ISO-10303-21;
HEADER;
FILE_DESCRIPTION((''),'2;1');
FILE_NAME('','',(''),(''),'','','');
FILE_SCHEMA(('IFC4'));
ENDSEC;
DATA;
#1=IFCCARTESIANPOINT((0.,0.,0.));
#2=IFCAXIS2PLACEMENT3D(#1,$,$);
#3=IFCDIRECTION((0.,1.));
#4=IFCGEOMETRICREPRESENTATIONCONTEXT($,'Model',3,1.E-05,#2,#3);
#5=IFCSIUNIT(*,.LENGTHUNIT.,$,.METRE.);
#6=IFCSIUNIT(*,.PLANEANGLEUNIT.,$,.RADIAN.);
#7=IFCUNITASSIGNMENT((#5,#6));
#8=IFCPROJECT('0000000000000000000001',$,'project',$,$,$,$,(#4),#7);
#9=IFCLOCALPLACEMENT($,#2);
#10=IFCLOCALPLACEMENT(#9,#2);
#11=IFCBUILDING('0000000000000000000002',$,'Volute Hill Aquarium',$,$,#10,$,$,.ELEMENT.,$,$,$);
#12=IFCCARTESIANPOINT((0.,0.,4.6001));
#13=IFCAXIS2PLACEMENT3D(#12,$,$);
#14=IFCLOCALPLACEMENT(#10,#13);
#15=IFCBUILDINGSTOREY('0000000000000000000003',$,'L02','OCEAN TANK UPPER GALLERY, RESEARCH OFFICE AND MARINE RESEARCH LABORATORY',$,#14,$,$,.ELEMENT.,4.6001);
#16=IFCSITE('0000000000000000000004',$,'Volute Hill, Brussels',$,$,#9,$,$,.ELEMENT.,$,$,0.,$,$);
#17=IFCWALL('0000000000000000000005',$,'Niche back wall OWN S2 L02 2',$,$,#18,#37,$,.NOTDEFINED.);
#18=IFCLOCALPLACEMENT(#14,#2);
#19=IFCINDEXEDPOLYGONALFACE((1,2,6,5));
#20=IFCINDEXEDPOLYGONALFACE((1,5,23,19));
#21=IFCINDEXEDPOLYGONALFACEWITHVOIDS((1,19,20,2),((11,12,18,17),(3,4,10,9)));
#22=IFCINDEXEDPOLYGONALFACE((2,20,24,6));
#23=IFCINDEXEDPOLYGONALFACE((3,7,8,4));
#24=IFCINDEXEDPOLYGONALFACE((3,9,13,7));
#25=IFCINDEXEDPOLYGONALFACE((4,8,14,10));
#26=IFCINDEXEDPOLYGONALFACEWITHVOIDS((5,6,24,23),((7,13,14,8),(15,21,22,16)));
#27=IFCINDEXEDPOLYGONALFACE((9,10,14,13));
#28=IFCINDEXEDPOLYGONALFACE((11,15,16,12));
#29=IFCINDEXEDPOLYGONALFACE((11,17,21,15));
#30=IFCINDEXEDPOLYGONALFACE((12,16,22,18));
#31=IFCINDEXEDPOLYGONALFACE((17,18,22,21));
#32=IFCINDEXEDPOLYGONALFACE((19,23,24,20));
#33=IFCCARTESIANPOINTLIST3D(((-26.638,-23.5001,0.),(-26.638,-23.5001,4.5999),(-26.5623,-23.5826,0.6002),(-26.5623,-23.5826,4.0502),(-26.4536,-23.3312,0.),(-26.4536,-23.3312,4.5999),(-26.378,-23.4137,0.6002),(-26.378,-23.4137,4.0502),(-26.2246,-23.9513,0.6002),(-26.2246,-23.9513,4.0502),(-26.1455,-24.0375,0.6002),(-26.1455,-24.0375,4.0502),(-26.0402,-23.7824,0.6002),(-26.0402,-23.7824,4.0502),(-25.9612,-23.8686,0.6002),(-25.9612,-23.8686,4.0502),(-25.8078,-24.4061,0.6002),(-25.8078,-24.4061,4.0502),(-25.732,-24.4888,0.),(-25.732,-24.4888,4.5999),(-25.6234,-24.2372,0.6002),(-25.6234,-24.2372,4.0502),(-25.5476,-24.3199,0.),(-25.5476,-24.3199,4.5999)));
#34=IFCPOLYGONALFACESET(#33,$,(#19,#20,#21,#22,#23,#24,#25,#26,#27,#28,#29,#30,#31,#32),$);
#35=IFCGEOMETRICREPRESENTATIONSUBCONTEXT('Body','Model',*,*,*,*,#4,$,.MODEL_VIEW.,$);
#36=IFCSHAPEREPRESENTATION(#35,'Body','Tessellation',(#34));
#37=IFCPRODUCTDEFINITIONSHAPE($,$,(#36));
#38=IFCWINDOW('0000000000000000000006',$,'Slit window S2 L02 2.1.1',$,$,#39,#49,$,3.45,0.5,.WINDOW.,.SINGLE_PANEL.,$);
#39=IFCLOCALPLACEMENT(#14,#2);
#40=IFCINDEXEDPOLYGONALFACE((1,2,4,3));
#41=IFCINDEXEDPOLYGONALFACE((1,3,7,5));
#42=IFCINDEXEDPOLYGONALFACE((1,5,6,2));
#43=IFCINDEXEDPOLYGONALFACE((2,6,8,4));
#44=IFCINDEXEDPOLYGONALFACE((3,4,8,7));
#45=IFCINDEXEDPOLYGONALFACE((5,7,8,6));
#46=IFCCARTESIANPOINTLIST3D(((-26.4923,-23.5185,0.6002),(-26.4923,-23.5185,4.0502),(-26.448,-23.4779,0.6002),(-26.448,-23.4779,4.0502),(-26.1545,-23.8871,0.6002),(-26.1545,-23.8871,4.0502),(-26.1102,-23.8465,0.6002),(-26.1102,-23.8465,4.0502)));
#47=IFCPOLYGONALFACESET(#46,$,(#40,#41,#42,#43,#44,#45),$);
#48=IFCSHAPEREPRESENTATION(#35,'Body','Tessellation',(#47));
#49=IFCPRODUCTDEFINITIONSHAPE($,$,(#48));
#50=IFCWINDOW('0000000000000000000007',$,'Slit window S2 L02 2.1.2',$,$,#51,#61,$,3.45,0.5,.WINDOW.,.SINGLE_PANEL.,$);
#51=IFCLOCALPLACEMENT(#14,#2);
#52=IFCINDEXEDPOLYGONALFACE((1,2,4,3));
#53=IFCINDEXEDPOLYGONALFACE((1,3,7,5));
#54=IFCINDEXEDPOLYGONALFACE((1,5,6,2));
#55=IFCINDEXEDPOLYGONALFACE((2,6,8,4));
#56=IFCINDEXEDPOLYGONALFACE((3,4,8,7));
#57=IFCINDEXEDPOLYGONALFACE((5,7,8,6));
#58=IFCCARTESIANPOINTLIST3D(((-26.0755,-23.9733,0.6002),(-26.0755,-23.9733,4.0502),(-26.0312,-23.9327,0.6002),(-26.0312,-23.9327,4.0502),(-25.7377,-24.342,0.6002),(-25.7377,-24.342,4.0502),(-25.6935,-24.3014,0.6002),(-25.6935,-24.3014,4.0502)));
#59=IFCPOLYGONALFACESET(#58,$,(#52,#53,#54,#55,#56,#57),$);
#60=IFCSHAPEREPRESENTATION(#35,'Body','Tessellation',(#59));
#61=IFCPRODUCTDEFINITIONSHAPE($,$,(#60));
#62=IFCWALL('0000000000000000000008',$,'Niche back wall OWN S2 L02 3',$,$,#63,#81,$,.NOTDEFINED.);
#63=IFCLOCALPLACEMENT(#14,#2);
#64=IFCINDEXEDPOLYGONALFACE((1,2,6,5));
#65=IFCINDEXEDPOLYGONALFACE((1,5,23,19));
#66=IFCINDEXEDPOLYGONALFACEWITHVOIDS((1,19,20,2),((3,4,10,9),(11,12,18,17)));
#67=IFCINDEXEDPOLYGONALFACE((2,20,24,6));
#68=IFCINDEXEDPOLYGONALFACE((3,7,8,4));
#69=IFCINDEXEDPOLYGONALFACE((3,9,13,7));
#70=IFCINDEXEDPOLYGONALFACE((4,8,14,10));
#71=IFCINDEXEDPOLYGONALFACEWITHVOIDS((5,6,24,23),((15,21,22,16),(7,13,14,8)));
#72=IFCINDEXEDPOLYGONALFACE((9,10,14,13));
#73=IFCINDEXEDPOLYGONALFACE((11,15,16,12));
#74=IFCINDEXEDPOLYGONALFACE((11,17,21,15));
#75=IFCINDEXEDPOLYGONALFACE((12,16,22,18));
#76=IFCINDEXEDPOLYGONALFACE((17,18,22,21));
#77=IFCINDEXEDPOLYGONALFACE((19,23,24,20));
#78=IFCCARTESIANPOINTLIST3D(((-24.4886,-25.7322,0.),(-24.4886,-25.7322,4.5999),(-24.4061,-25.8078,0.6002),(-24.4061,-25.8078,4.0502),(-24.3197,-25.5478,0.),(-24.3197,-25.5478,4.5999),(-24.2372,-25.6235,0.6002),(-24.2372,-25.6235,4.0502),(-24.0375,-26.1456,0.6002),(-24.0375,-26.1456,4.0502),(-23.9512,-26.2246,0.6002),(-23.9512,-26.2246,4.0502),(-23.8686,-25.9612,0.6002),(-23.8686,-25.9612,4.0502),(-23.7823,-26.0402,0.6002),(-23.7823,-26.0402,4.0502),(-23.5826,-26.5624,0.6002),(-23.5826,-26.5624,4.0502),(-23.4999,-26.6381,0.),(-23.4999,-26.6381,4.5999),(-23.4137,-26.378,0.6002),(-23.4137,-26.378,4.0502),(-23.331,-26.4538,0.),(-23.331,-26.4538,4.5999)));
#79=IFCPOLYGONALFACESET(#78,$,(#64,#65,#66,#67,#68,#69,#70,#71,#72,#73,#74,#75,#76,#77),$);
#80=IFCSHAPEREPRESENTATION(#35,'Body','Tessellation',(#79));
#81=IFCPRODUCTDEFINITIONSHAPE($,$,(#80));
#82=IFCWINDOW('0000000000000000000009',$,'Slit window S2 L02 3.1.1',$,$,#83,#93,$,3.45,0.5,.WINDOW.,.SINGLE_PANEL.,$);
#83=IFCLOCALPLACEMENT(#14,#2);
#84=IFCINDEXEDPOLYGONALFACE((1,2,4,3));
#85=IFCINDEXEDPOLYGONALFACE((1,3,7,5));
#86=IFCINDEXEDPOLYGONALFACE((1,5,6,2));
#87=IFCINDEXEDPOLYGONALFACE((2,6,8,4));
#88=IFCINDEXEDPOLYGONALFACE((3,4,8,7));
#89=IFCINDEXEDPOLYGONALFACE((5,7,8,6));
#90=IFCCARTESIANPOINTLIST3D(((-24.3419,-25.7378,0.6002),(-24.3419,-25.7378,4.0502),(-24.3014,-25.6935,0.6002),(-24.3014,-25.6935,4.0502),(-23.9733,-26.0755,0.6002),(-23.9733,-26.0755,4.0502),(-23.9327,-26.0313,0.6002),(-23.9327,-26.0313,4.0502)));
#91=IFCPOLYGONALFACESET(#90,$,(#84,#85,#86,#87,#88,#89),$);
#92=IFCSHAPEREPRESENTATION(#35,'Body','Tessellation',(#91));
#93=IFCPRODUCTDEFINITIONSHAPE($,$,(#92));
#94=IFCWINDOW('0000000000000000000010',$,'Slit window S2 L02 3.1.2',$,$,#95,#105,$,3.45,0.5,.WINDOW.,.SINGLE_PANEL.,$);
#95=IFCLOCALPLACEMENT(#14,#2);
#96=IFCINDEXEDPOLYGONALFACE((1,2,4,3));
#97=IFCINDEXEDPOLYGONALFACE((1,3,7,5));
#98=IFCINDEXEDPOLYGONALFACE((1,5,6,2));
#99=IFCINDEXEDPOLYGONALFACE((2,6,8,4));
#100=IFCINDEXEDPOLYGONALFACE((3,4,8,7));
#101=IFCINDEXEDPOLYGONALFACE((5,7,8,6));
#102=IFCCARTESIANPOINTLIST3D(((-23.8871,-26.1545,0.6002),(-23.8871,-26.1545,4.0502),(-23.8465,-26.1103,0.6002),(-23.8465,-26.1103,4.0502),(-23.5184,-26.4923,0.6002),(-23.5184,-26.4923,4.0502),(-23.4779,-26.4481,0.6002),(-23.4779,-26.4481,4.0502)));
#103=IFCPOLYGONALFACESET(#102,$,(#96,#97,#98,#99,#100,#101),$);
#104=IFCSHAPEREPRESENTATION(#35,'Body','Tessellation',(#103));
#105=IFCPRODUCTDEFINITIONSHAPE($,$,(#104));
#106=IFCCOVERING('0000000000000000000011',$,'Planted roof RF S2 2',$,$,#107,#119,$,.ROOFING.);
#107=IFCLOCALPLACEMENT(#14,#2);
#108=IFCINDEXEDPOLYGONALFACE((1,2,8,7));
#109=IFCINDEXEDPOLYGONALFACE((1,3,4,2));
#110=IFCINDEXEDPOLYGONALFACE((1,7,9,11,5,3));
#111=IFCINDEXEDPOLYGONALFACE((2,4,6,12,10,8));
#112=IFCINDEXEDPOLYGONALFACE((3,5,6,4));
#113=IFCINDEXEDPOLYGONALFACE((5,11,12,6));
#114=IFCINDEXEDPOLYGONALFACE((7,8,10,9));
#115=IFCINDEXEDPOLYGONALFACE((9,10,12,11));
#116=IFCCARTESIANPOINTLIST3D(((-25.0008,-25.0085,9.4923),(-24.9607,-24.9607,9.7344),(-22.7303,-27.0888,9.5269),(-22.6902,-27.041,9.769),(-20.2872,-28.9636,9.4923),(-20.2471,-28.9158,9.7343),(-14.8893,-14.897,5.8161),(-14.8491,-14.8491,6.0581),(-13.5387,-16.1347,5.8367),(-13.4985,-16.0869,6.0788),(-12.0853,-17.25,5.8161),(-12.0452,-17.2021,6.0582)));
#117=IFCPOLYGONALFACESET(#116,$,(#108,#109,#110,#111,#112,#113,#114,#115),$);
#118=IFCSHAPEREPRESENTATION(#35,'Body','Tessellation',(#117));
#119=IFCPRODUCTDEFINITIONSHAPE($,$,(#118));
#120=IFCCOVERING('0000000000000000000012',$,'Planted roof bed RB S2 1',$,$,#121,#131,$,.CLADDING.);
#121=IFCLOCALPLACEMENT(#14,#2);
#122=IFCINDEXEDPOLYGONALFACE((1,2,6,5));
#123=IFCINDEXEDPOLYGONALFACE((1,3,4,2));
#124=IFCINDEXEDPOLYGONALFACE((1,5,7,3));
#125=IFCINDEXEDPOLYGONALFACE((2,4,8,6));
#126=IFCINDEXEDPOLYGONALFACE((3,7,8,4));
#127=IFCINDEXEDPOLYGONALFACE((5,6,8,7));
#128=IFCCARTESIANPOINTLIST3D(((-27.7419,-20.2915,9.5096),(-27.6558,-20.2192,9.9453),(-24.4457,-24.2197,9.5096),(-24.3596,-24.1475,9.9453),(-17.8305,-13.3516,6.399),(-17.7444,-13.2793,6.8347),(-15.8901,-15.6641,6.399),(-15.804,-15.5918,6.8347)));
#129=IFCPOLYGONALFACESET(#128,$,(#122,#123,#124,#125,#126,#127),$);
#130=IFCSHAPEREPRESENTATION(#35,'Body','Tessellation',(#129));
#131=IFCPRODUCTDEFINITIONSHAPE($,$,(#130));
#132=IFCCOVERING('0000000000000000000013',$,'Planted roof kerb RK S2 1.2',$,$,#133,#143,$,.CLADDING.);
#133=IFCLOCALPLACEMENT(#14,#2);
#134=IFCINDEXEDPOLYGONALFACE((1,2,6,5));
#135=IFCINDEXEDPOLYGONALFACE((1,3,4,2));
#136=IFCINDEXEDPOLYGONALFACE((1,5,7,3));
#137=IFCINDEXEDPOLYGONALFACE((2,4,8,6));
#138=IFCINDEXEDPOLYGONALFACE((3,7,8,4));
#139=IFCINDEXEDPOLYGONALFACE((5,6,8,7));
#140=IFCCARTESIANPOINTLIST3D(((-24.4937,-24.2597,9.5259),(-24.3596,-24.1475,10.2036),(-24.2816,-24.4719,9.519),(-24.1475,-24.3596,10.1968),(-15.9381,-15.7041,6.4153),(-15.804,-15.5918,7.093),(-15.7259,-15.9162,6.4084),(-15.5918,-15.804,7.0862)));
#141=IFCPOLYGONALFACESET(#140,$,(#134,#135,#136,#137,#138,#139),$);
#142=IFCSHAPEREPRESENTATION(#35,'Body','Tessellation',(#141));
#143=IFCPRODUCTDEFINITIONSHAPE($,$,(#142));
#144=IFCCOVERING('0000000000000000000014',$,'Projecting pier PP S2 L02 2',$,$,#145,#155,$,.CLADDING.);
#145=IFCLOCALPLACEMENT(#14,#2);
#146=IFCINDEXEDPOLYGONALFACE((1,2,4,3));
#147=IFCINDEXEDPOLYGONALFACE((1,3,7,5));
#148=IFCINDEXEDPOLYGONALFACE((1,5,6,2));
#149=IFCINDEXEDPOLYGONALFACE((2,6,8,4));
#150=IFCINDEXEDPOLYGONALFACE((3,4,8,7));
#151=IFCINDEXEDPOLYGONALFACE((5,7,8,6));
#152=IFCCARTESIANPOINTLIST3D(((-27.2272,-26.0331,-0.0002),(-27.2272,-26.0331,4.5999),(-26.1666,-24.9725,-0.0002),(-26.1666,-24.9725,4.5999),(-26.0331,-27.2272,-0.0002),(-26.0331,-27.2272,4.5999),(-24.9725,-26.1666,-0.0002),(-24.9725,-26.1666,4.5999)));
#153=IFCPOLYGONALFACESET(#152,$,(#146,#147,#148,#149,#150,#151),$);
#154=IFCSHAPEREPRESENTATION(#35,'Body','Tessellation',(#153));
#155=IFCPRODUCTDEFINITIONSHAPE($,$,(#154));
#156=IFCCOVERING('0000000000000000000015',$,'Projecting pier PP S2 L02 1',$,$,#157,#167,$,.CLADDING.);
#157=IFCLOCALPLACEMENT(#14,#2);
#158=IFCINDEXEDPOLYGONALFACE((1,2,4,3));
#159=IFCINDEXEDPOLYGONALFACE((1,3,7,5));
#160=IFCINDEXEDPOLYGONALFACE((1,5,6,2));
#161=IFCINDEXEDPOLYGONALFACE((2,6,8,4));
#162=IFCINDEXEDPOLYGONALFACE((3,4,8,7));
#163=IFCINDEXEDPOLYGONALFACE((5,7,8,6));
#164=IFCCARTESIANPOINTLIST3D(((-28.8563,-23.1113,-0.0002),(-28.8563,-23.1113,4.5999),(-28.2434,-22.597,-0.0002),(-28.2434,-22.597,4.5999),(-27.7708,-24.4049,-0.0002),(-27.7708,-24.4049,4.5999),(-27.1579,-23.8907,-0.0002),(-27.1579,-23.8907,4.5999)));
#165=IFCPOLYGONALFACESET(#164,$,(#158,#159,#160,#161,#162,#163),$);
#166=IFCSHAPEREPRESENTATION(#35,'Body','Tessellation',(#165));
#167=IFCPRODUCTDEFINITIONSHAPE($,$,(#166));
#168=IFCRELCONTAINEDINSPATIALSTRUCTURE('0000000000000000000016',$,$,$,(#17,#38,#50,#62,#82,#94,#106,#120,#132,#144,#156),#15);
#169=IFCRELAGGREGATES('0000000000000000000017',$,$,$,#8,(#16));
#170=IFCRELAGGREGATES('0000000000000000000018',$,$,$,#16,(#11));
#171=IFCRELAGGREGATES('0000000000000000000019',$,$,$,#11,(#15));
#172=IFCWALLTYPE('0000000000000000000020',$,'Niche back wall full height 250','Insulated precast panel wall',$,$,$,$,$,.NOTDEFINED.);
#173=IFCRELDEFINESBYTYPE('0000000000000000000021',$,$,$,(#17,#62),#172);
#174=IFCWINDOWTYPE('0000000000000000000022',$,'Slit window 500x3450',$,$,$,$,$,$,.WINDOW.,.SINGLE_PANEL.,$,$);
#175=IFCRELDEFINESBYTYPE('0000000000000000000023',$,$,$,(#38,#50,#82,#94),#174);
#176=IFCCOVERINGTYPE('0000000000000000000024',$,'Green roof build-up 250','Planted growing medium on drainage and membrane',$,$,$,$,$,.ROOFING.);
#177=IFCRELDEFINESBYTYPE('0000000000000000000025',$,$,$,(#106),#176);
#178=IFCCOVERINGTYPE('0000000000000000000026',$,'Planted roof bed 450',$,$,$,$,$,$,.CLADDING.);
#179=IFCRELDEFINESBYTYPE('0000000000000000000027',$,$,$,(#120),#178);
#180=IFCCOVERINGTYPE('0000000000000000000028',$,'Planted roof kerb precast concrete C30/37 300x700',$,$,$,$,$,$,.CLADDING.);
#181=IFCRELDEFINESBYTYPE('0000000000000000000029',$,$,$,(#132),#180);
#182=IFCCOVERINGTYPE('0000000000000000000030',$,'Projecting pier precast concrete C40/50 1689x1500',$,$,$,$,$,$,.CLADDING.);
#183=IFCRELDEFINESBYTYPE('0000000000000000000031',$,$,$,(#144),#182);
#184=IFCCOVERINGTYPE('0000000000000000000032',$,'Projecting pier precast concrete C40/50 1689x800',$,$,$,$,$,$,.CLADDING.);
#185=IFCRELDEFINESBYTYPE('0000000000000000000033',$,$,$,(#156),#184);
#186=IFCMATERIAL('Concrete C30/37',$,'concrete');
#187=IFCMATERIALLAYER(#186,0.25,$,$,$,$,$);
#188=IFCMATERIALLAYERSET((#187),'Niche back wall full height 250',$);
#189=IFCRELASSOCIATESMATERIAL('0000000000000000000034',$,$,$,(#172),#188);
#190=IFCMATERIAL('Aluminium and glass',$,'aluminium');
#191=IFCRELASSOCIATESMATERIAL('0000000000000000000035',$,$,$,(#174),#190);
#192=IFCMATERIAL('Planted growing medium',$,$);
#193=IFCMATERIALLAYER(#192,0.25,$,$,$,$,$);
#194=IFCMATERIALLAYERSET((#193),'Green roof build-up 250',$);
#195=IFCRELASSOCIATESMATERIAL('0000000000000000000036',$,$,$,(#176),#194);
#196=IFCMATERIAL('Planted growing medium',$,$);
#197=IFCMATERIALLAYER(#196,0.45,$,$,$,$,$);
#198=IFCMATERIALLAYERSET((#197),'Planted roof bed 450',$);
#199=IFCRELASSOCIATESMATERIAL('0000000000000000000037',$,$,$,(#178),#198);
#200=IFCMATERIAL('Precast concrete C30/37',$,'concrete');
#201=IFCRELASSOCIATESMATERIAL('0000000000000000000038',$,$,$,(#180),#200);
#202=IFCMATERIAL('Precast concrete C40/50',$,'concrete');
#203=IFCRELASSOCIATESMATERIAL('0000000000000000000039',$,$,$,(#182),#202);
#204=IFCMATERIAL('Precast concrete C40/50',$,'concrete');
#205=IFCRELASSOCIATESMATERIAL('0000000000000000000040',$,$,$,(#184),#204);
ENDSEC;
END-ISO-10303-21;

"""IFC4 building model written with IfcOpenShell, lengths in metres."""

from ifc_helpers import new_model, si_unit, direction, frame, frame_2d, origin, origin_2d, place, context, subcontext, project, spatial, polyline, rectangle, outline, extrude, material, layer, layer_set, type_object, element, fill, save


model = new_model("IFC4")

# Units and contexts
model_context = context("Model", 3, precision=1e-05, world=origin(), true_north=direction((0.0, 1.0)))
body_context = subcontext(model_context, "Body", "Model", "MODEL_VIEW")
ifc_project = project(units=[si_unit("LENGTHUNIT", "METRE"), si_unit("PLANEANGLEUNIT", "RADIAN")], contexts=[model_context])

# Site, building, storey
site_placement = place(None, origin())
site = spatial("IfcSite", under=ifc_project, at=site_placement, Name="Volute Hill, Brussels", CompositionType="ELEMENT", RefElevation=0.0)
building_placement = place(site_placement, origin())
building = spatial("IfcBuilding", under=site, at=building_placement, Name="Volute Hill Aquarium", CompositionType="ELEMENT")
storey_placement = place(building_placement, frame((0.0, 0.0, 4.6001)))
storey = spatial("IfcBuildingStorey", under=building, at=storey_placement, Name="L02", Description="OCEAN TANK UPPER GALLERY, RESEARCH OFFICE AND MARINE RESEARCH LABORATORY", CompositionType="ELEMENT", Elevation=4.6001)

# Walls, openings, windows
ifc_material_1 = material(Name="Concrete C30/37", Category="concrete")
ifc_layer_1 = layer(ifc_material_1, 0.25)
ifc_layer_set_1 = layer_set([ifc_layer_1], Name="Niche back wall full height 250")
wall_type_1 = type_object("IfcWallType", Name="Niche back wall full height 250", Description="Insulated precast panel wall", PredefinedType="NOTDEFINED", material=ifc_layer_set_1)
wall_1_placement = place(storey_placement, frame((-25.6399, -24.4043, 0.0), z_axis=(0.0, 0.0, 1.0), x_axis=(-0.675576, 0.73729, 0.0)))
wall_1 = element("IfcWall", 1, at=wall_1_placement, inside=storey, type_object=wall_type_1, Name="Niche back wall OWN S2 L02 2", PredefinedType="NOTDEFINED", context=body_context, shape_type="SweptSolid", body=[
    extrude(rectangle(XDim=1.3411, YDim=0.25, at=frame_2d((0.6704, 0.0))), origin(), (0.0, 0.0, 1.0), 4.5999),
])
opening_1_placement = place(wall_1_placement, frame((0.729, 0.0, 0.6001)))
opening_1 = element("IfcOpeningElement", 2, at=opening_1_placement, cuts=wall_1, PredefinedType="OPENING", context=body_context, shape_type="SweptSolid", body=[
    extrude(rectangle(XDim=0.5, YDim=3.45, at=frame_2d((0.25, 1.7251))), frame((0.0, 0.135, 0.0), z_axis=(0.0, -1.0, 0.0), x_axis=(1.0, 0.0, 0.0)), (0.0, 0.0, 1.0), 0.27),
])
opening_2_placement = place(wall_1_placement, frame((0.1121, 0.0, 0.6001)))
opening_2 = element("IfcOpeningElement", 3, at=opening_2_placement, cuts=wall_1, PredefinedType="OPENING", context=body_context, shape_type="SweptSolid", body=[
    extrude(rectangle(XDim=0.5, YDim=3.45, at=frame_2d((0.25, 1.7251))), frame((0.0, 0.135, 0.0), z_axis=(0.0, -1.0, 0.0), x_axis=(1.0, 0.0, 0.0)), (0.0, 0.0, 1.0), 0.27),
])
ifc_material_2 = material(Name="Aluminium and glass", Category="aluminium")
window_type = type_object("IfcWindowType", Name="Slit window 500x3450", PartitioningType="SINGLE_PANEL", PredefinedType="WINDOW", material=ifc_material_2)
window_1_placement = place(opening_1_placement, origin())
window_1 = element("IfcWindow", 4, at=window_1_placement, inside=storey, type_object=window_type, Name="Slit window S2 L02 2.1.1", OverallHeight=3.45, OverallWidth=0.5, PartitioningType="SINGLE_PANEL", PredefinedType="WINDOW", context=body_context, shape_type="SweptSolid", body=[
    extrude(rectangle(XDim=0.5, YDim=3.45, at=frame_2d((0.25, 1.7251))), frame((0.0, 0.03, 0.0), z_axis=(0.0, -1.0, 0.0), x_axis=(1.0, 0.0, 0.0)), (0.0, 0.0, 1.0), 0.0601),
])
fill(opening_1, window_1)
window_2_placement = place(opening_2_placement, origin())
window_2 = element("IfcWindow", 5, at=window_2_placement, inside=storey, type_object=window_type, Name="Slit window S2 L02 2.1.2", OverallHeight=3.45, OverallWidth=0.5, PartitioningType="SINGLE_PANEL", PredefinedType="WINDOW", context=body_context, shape_type="SweptSolid", body=[
    extrude(rectangle(XDim=0.5, YDim=3.45, at=frame_2d((0.25, 1.7251))), frame((0.0, 0.03, 0.0), z_axis=(0.0, -1.0, 0.0), x_axis=(1.0, 0.0, 0.0)), (0.0, 0.0, 1.0), 0.0601),
])
fill(opening_2, window_2)
wall_2_placement = place(storey_placement, frame((-23.4155, -26.5459, 0.0), z_axis=(0.0, 0.0, 1.0), x_axis=(-0.73729, 0.675576, 0.0)))
wall_2 = element("IfcWall", 6, at=wall_2_placement, inside=storey, type_object=wall_type_1, Name="Niche back wall OWN S2 L02 3", PredefinedType="NOTDEFINED", context=body_context, shape_type="SweptSolid", body=[
    extrude(rectangle(XDim=1.3411, YDim=0.25, at=frame_2d((0.6704, 0.0))), origin(), (0.0, 0.0, 1.0), 4.5999),
])
opening_3_placement = place(wall_2_placement, frame((0.729, 0.0, 0.6001)))
opening_3 = element("IfcOpeningElement", 7, at=opening_3_placement, cuts=wall_2, PredefinedType="OPENING", context=body_context, shape_type="SweptSolid", body=[
    extrude(rectangle(XDim=0.5, YDim=3.45, at=frame_2d((0.25, 1.7251))), frame((0.0, 0.135, 0.0), z_axis=(0.0, -1.0, 0.0), x_axis=(1.0, 0.0, 0.0)), (0.0, 0.0, 1.0), 0.27),
])
opening_4_placement = place(wall_2_placement, frame((0.1121, 0.0, 0.6001)))
opening_4 = element("IfcOpeningElement", 8, at=opening_4_placement, cuts=wall_2, PredefinedType="OPENING", context=body_context, shape_type="SweptSolid", body=[
    extrude(rectangle(XDim=0.5, YDim=3.45, at=frame_2d((0.25, 1.7251))), frame((0.0, 0.135, 0.0), z_axis=(0.0, -1.0, 0.0), x_axis=(1.0, 0.0, 0.0)), (0.0, 0.0, 1.0), 0.27),
])
window_3_placement = place(opening_3_placement, origin())
window_3 = element("IfcWindow", 9, at=window_3_placement, inside=storey, type_object=window_type, Name="Slit window S2 L02 3.1.1", OverallHeight=3.45, OverallWidth=0.5, PartitioningType="SINGLE_PANEL", PredefinedType="WINDOW", context=body_context, shape_type="SweptSolid", body=[
    extrude(rectangle(XDim=0.5, YDim=3.45, at=frame_2d((0.25, 1.7251))), frame((0.0, 0.03, 0.0), z_axis=(0.0, -1.0, 0.0), x_axis=(1.0, 0.0, 0.0)), (0.0, 0.0, 1.0), 0.0601),
])
fill(opening_3, window_3)
window_4_placement = place(opening_4_placement, origin())
window_4 = element("IfcWindow", 10, at=window_4_placement, inside=storey, type_object=window_type, Name="Slit window S2 L02 3.1.2", OverallHeight=3.45, OverallWidth=0.5, PartitioningType="SINGLE_PANEL", PredefinedType="WINDOW", context=body_context, shape_type="SweptSolid", body=[
    extrude(rectangle(XDim=0.5, YDim=3.45, at=frame_2d((0.25, 1.7251))), frame((0.0, 0.03, 0.0), z_axis=(0.0, -1.0, 0.0), x_axis=(1.0, 0.0, 0.0)), (0.0, 0.0, 1.0), 0.0601),
])
fill(opening_4, window_4)

# Coverings
ifc_material_3 = material(Name="Planted growing medium")
ifc_layer_2 = layer(ifc_material_3, 0.25)
ifc_layer_set_2 = layer_set([ifc_layer_2], Name="Green roof build-up 250")
covering_type_1 = type_object("IfcCoveringType", Name="Green roof build-up 250", Description="Planted growing medium on drainage and membrane", PredefinedType="ROOFING", material=ifc_layer_set_2)
covering_1_placement = place(storey_placement, frame((-24.9607, -24.9607, 9.7344), z_axis=(0.160618, 0.191414, 0.968278), x_axis=(0.737276, -0.675498, 0.011237)))
element("IfcCovering", 11, at=covering_1_placement, inside=storey, type_object=covering_type_1, Name="Planted roof RF S2 2", PredefinedType="ROOFING", context=body_context, shape_type="SweptSolid", body=[
    extrude(outline(polyline([(0.0, 0.0), (3.0796, 0.0), (6.1469, 0.2768), (4.2401, 14.9179), (2.4155, 14.7531), (0.5834, 14.7534), (0.0, 0.0)])), origin(), (0.0, 0.0, -1.0), 0.25),
])
ifc_material_4 = material(Name="Planted growing medium")
ifc_layer_3 = layer(ifc_material_4, 0.45)
ifc_layer_set_3 = layer_set([ifc_layer_3], Name="Planted roof bed 450")
covering_type_2 = type_object("IfcCoveringType", Name="Planted roof bed 450", PredefinedType="CLADDING", material=ifc_layer_set_3)
covering_2_placement = place(storey_placement, frame((-24.3596, -24.1475, 9.9453), z_axis=(0.191419, 0.160619, 0.968277), x_axis=(0.684838, 0.684838, -0.248988)))
element("IfcCovering", 12, at=covering_2_placement, inside=storey, type_object=covering_type_2, Name="Planted roof bed RB S2 1", PredefinedType="CLADDING", context=body_context, shape_type="SweptSolid", body=[
    extrude(outline(polyline([(0.0, 0.0), (12.493, 0.0), (12.7478, 3.008), (0.4329, 5.1096), (0.0, 0.0)])), origin(), (0.0, 0.0, -1.0), 0.45),
])
ifc_material_5 = material(Name="Precast concrete C30/37", Category="concrete")
covering_type_3 = type_object("IfcCoveringType", Name="Planted roof kerb precast concrete C30/37 300x700", PredefinedType="CLADDING", material=ifc_material_5)
covering_3_placement = place(storey_placement, frame((-24.1475, -24.3596, 10.1968), z_axis=(0.191617, 0.160419, 0.968271), x_axis=(0.684838, 0.684838, -0.248987)))
element("IfcCovering", 13, at=covering_3_placement, inside=storey, type_object=covering_type_3, Name="Planted roof kerb RK S2 1.2", PredefinedType="CLADDING", context=body_context, shape_type="SweptSolid", body=[
    extrude(outline(polyline([(0.0, 0.0), (12.493, 0.0), (12.4913, 0.3001), (-0.0017, 0.3001), (0.0, 0.0)])), origin(), (0.0, 0.0, -1.0), 0.7),
])
ifc_material_6 = material(Name="Precast concrete C40/50", Category="concrete")
covering_type_4 = type_object("IfcCoveringType", Name="Projecting pier precast concrete C40/50 1689x1500", PredefinedType="CLADDING", material=ifc_material_6)
covering_4_placement = place(storey_placement, frame((-26.0999, -26.0999, -0.0002), z_axis=(0.0, 0.0, 1.0), x_axis=(0.707107, -0.707107, 0.0)))
element("IfcCovering", 14, at=covering_4_placement, inside=storey, type_object=covering_type_4, Name="Projecting pier PP S2 L02 2", PredefinedType="CLADDING", context=body_context, shape_type="SweptSolid", body=[
    extrude(rectangle(XDim=1.6887, YDim=1.5, at=origin_2d()), origin(), (0.0, 0.0, 1.0), 4.6001),
])
ifc_material_7 = material(Name="Precast concrete C40/50", Category="concrete")
covering_type_5 = type_object("IfcCoveringType", Name="Projecting pier precast concrete C40/50 1689x800", PredefinedType="CLADDING", material=ifc_material_7)
for number, where, z_axis, x_axis, name in (
    (15, (-28.0071, -23.501, -0.0002), (0.0, 0.0, 1.0), (0.642788, -0.766044, 0.0), "Projecting pier PP S2 L02 1"),
):
    element("IfcCovering", number, at=place(storey_placement, frame(where, z_axis=z_axis, x_axis=x_axis)), inside=storey, type_object=covering_type_5, Name=name, PredefinedType="CLADDING", context=body_context, shape_type="SweptSolid", body=[
        extrude(rectangle(XDim=1.6887, YDim=0.8, at=origin_2d()), origin(), (0.0, 0.0, 1.0), 4.6001),
    ])

save(model, "model.ifc")
